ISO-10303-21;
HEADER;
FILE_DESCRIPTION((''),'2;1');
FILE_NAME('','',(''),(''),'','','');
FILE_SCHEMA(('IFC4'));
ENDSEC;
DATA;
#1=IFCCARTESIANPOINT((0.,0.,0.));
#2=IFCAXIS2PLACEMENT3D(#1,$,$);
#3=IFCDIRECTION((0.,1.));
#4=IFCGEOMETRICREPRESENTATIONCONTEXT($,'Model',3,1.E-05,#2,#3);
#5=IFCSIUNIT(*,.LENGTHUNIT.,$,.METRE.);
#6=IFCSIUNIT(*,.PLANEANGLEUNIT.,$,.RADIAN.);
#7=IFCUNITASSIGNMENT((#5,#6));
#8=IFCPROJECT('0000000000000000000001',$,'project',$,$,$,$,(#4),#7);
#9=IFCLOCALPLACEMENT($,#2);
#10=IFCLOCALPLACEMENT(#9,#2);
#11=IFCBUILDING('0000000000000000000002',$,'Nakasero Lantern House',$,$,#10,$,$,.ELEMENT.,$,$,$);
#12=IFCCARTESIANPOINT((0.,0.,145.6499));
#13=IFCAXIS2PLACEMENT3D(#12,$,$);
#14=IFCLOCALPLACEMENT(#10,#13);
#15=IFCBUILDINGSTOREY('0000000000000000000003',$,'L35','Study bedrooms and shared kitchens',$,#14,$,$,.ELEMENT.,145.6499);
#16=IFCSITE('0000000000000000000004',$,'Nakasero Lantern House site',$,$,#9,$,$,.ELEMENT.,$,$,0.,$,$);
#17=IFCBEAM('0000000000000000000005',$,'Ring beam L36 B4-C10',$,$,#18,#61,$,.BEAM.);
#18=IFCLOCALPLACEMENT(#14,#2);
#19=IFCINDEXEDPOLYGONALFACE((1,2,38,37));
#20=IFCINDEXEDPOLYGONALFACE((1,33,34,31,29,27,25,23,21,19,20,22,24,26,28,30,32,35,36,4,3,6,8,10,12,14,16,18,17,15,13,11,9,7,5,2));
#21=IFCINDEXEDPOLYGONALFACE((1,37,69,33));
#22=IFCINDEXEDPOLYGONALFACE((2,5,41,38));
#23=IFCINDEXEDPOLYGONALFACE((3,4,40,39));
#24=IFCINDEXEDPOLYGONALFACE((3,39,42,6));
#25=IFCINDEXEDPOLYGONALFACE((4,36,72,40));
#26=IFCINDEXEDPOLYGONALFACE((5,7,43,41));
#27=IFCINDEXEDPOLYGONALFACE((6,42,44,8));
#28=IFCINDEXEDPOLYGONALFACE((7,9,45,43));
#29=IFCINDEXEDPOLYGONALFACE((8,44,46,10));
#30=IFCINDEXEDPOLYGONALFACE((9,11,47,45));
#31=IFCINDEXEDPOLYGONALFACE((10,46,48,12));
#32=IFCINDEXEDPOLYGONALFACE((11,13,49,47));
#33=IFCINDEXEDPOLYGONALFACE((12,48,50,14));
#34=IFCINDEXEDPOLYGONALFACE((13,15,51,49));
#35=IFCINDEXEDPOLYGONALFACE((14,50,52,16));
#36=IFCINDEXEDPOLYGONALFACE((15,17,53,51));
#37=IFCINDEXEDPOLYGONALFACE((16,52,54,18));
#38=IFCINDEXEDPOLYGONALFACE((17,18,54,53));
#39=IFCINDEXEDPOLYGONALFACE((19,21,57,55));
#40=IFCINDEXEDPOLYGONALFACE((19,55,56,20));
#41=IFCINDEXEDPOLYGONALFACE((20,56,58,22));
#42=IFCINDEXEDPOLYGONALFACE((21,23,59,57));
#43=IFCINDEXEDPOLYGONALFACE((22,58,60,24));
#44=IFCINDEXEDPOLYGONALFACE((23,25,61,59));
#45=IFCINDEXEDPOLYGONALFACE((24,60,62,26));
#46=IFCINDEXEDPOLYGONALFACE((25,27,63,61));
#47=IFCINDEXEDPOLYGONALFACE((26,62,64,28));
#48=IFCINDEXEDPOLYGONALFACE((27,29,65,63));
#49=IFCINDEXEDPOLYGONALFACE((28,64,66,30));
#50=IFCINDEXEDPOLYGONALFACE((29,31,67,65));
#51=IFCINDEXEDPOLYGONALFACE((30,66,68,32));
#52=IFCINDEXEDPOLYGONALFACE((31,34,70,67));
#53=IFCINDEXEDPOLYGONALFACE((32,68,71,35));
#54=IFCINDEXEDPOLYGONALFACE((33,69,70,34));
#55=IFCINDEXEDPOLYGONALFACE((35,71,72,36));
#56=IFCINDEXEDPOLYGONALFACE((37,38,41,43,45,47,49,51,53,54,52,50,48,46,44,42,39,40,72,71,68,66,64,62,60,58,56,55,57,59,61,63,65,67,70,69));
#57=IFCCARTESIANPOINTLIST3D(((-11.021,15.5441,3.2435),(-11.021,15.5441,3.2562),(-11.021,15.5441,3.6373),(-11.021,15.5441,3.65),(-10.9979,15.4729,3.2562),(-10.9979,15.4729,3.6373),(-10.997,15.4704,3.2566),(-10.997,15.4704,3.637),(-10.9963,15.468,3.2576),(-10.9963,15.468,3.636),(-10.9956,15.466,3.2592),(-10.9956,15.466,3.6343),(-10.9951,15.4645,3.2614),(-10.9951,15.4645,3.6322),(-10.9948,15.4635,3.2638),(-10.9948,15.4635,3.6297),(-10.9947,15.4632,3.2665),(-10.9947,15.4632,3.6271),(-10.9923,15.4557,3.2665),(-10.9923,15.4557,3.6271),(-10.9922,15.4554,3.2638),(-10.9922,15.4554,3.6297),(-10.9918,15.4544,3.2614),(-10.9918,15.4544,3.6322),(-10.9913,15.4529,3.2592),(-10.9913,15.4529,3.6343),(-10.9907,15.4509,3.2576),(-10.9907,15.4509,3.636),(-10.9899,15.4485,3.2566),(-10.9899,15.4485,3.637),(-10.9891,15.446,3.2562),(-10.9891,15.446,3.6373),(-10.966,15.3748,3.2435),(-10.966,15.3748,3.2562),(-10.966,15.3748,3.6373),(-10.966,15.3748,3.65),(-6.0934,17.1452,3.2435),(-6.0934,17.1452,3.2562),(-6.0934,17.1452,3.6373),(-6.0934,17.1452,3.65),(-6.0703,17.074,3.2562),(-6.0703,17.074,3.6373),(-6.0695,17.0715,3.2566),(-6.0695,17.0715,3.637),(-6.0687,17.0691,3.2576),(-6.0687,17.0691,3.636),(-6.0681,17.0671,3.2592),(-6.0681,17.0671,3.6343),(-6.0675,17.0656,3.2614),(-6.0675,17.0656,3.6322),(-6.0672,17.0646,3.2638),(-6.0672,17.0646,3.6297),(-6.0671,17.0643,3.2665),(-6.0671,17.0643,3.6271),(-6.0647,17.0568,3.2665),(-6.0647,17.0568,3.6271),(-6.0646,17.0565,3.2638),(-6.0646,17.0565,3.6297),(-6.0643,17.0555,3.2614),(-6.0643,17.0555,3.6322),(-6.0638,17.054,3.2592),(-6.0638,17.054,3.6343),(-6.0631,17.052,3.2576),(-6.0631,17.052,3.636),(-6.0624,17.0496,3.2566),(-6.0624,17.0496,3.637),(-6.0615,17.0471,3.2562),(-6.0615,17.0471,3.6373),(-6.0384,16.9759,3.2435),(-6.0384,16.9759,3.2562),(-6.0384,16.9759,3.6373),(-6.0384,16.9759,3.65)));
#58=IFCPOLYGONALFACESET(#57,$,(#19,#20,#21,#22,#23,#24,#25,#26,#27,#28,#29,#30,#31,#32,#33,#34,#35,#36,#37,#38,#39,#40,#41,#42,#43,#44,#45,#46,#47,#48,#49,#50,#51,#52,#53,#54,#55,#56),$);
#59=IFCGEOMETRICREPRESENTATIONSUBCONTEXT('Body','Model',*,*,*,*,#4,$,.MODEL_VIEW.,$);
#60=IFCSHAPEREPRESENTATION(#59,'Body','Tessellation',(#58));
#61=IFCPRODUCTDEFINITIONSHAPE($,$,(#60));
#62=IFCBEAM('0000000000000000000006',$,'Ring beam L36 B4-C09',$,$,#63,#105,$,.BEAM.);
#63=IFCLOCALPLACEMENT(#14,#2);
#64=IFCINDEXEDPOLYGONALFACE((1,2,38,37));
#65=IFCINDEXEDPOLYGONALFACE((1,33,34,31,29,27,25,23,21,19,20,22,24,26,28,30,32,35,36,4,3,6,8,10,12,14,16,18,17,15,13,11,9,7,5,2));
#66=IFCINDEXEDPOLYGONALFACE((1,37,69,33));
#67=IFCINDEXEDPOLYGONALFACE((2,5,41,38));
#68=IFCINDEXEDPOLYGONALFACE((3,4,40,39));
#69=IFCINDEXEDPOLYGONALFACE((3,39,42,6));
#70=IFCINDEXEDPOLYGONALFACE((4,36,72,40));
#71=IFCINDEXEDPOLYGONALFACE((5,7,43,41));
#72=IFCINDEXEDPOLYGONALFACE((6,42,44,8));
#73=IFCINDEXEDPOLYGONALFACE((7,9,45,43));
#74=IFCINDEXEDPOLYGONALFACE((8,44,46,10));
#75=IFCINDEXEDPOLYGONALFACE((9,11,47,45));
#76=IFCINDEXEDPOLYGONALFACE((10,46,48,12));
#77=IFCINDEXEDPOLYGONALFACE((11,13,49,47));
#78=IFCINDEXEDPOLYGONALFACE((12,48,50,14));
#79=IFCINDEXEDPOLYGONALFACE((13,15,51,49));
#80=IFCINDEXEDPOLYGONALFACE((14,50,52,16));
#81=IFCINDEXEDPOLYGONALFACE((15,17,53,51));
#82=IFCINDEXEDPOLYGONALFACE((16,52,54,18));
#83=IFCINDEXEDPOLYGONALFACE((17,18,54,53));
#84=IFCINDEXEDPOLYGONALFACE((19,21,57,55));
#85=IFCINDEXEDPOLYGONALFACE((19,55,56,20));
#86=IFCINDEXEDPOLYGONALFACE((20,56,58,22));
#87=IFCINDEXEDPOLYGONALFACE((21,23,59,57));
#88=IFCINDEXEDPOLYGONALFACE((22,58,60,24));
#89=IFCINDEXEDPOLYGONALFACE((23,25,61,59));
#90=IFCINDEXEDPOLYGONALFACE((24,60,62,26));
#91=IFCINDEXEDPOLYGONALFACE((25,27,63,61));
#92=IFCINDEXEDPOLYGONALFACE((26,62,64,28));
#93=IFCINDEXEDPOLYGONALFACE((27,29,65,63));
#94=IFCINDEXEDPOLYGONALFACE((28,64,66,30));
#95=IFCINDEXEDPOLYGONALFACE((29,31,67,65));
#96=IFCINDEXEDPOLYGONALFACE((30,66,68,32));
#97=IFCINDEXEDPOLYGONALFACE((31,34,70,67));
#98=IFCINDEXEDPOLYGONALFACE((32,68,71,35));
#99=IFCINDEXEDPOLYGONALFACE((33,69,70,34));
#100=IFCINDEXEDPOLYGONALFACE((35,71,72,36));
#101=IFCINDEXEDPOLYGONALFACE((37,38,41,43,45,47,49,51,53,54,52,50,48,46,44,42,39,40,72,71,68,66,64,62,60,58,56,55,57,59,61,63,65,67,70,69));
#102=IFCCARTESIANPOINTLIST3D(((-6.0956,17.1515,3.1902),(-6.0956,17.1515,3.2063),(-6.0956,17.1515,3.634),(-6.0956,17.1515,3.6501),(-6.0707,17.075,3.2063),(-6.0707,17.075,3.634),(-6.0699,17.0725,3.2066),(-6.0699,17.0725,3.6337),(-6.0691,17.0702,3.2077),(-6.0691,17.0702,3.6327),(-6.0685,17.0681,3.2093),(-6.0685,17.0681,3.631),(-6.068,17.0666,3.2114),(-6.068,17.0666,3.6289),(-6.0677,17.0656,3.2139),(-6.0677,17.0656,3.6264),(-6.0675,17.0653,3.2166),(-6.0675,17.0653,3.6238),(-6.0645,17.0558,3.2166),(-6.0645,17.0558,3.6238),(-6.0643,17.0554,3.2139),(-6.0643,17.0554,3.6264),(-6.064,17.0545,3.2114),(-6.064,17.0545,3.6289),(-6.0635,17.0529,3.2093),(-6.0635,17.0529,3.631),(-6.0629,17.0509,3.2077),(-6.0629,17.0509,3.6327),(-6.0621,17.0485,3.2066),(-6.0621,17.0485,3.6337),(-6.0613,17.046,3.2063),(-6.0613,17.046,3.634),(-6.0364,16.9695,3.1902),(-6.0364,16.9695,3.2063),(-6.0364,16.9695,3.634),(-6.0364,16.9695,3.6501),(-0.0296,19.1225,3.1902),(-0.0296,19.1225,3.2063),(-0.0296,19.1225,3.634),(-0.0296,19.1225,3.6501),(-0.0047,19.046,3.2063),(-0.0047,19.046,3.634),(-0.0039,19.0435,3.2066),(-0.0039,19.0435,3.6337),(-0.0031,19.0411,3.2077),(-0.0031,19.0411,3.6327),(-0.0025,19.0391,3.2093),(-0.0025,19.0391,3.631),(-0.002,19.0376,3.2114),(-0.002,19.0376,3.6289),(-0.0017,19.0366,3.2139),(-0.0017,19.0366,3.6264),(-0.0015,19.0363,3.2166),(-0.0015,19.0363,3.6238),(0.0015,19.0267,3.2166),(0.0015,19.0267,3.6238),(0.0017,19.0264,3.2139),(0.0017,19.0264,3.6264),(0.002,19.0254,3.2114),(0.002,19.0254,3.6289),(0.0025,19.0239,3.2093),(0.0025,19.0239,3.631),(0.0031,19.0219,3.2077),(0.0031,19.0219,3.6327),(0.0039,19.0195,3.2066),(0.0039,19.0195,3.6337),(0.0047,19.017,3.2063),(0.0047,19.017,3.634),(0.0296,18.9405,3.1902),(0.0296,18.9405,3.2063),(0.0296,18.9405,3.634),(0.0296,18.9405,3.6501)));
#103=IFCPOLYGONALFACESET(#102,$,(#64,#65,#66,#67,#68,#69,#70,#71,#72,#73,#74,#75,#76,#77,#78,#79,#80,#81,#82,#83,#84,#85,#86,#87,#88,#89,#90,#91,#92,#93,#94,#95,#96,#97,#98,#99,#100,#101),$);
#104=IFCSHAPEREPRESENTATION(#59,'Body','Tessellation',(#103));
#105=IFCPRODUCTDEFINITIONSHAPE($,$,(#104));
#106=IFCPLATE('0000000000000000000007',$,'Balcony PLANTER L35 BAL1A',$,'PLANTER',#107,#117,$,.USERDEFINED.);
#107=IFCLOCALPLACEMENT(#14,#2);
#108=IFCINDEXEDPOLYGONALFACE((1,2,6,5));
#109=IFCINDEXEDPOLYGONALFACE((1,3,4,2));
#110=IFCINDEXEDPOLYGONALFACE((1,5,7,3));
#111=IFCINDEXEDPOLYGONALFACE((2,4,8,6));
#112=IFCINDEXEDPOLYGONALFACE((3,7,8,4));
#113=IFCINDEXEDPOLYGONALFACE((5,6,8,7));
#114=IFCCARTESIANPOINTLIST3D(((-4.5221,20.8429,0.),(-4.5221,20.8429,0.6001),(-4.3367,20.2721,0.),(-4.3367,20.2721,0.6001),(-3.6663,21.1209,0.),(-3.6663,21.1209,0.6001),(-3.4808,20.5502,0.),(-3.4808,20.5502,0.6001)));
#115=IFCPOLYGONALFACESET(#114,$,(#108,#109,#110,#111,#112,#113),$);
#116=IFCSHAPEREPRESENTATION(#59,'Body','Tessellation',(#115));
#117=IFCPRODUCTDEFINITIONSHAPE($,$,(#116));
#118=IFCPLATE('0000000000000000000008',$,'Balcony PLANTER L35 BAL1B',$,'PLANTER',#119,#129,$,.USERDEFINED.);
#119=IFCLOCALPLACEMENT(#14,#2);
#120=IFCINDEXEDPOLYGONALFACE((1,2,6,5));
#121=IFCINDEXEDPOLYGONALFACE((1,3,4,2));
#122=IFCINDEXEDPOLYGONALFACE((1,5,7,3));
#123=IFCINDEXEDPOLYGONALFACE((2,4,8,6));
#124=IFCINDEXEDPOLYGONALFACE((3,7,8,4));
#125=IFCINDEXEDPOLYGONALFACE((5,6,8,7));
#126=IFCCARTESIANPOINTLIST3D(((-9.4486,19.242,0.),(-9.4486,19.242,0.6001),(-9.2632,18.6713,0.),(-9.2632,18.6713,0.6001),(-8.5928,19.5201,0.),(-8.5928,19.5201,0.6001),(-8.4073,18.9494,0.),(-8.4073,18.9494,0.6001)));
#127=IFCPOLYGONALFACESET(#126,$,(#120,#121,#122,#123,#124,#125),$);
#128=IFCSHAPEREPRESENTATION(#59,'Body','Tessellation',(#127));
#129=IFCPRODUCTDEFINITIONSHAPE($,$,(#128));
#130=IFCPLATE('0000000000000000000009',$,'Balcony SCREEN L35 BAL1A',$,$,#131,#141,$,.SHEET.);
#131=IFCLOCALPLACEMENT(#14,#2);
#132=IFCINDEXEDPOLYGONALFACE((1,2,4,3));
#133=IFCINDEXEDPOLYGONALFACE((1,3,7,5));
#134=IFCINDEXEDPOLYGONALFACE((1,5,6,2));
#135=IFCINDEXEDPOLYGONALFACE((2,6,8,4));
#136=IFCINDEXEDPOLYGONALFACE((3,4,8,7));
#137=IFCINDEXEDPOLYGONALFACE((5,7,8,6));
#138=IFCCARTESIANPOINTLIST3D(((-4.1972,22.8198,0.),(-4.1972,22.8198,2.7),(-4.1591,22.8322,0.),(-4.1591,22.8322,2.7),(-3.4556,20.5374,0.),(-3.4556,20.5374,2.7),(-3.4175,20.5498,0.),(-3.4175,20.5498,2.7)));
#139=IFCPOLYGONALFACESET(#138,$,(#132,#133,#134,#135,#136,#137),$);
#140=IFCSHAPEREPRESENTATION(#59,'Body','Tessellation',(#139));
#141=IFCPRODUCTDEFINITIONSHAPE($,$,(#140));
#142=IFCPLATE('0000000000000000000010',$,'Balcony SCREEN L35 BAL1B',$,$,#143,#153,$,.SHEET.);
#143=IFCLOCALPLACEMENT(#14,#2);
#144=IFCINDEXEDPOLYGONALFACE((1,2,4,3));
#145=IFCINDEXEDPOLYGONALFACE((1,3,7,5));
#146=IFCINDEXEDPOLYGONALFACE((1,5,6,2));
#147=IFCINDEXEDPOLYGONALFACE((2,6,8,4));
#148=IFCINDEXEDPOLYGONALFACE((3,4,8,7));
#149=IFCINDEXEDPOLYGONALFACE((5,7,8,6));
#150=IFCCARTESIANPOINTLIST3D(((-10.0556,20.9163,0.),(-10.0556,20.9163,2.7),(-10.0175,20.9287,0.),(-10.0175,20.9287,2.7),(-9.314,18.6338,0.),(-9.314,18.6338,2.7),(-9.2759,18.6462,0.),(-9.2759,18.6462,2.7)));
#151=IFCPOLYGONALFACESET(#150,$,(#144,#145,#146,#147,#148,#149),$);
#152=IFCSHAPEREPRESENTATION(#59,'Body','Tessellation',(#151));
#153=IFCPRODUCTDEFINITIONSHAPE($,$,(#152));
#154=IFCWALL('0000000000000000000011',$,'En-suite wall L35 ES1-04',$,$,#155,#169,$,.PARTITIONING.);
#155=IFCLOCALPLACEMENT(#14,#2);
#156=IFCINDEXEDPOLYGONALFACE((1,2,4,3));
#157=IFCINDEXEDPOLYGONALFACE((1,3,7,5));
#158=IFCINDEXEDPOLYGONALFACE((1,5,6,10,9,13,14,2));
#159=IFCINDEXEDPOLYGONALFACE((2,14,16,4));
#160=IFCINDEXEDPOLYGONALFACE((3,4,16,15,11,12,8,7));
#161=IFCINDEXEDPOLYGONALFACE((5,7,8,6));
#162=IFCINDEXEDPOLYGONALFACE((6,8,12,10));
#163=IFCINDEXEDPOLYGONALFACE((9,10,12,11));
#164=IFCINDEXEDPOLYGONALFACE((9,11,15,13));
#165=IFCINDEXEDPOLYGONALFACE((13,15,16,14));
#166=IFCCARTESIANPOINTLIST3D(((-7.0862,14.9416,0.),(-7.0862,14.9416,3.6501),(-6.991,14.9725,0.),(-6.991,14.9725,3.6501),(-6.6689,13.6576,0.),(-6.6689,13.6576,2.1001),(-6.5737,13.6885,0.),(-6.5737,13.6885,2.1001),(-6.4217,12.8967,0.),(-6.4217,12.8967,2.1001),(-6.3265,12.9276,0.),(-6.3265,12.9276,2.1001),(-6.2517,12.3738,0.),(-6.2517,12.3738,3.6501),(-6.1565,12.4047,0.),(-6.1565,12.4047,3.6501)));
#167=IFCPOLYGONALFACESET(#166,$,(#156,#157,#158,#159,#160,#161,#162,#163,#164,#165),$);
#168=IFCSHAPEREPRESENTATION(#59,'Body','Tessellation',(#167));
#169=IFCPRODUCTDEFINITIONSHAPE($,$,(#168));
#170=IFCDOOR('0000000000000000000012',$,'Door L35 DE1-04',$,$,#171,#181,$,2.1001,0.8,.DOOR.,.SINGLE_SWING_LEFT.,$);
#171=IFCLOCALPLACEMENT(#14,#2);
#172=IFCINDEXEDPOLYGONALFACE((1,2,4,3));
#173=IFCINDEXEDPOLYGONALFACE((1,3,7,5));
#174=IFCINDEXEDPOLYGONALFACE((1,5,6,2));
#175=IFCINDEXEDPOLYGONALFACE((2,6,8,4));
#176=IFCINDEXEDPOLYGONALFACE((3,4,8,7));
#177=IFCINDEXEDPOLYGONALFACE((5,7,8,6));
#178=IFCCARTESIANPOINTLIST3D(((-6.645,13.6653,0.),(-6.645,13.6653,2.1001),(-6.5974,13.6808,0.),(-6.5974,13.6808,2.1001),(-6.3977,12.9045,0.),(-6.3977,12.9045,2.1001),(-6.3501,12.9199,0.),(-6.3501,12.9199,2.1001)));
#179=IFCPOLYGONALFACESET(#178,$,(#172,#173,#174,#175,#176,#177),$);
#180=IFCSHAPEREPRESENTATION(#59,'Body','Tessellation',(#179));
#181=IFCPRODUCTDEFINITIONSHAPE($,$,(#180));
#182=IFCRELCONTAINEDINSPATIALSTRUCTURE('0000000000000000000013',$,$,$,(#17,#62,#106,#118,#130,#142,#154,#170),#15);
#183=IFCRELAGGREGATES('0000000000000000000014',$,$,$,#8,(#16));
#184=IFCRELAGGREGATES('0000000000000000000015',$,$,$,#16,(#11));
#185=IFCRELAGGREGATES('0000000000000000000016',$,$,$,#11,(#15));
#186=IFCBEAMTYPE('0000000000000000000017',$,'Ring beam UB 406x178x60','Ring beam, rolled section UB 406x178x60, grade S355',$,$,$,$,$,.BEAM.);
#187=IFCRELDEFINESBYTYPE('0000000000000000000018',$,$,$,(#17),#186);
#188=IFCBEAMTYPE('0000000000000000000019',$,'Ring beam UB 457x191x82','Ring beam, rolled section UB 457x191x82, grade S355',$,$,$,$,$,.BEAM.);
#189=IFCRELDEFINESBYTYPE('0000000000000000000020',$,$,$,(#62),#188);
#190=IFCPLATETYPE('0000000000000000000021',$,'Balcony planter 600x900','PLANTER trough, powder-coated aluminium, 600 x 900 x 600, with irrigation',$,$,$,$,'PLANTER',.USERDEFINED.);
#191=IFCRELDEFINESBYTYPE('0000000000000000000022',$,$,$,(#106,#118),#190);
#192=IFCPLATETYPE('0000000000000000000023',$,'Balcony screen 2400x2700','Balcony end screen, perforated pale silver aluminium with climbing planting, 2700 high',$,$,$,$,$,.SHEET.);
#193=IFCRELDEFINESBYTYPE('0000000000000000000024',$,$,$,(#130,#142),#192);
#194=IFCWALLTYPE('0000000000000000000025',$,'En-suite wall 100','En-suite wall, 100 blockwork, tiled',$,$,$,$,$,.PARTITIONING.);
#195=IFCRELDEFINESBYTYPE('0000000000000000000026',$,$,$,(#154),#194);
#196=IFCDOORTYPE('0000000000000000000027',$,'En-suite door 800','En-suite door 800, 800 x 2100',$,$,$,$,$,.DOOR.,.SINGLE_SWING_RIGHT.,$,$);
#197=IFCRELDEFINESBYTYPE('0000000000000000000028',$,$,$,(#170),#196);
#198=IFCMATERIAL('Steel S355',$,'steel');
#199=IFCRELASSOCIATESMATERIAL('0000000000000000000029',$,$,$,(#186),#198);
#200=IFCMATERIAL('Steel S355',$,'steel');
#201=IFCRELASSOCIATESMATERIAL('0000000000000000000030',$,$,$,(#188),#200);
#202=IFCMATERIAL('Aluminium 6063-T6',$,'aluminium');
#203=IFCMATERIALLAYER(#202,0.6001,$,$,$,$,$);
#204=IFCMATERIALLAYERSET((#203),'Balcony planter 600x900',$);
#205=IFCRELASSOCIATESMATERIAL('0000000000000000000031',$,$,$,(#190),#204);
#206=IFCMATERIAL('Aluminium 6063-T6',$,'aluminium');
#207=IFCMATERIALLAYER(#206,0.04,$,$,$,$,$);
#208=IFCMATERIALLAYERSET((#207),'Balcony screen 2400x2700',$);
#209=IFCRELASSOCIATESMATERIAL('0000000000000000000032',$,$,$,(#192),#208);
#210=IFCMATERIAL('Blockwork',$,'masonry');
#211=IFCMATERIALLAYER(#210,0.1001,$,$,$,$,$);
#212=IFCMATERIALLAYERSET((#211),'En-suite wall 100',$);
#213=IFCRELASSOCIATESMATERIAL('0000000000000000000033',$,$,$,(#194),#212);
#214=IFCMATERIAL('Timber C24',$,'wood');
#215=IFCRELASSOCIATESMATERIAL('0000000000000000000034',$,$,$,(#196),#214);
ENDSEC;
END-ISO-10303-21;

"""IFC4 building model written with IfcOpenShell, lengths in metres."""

from ifc_helpers import new_model, si_unit, direction, frame, frame_2d, origin, origin_2d, place, context, subcontext, project, spatial, rectangle, i_section, extrude, material, layer, layer_set, material_profile, profile_set, type_object, element, fill, save


model = new_model("IFC4")

# Units and contexts
model_context = context("Model", 3, precision=1e-05, world=origin(), true_north=direction((0.0, 1.0)))
body_context = subcontext(model_context, "Body", "Model", "MODEL_VIEW")
ifc_project = project(units=[si_unit("LENGTHUNIT", "METRE"), si_unit("PLANEANGLEUNIT", "RADIAN")], contexts=[model_context])

# Site, building, storey
site_placement = place(None, origin())
site = spatial("IfcSite", under=ifc_project, at=site_placement, Name="Nakasero Lantern House site", CompositionType="ELEMENT", RefElevation=0.0)
building_placement = place(site_placement, origin())
building = spatial("IfcBuilding", under=site, at=building_placement, Name="Nakasero Lantern House", CompositionType="ELEMENT")
storey_placement = place(building_placement, frame((0.0, 0.0, 145.6499)))
storey = spatial("IfcBuildingStorey", under=building, at=storey_placement, Name="L35", Description="Study bedrooms and shared kitchens", CompositionType="ELEMENT", Elevation=145.6499)

# Beams
ifc_material_1 = material(Name="Steel S355", Category="steel")
ifc_material_profile_1 = material_profile(ifc_material_1, i_section(OverallWidth=0.178, OverallDepth=0.4065, WebThickness=0.0078, FlangeThickness=0.0127, FilletRadius=0.0103, at=origin_2d()), Name="UB 406x178x60")
ifc_profile_set_1 = profile_set([ifc_material_profile_1], Name="Steel S355")
beam_type_1 = type_object("IfcBeamType", Name="Ring beam UB 406x178x60", Description="Ring beam, rolled section UB 406x178x60, grade S355", PredefinedType="BEAM", material=ifc_profile_set_1)
beam_1_placement = place(storey_placement, frame((-6.0659, 17.0605, 3.4468), z_axis=(-0.951054, -0.309023, 0.0), x_axis=(0.309023, -0.951054, 0.0)))
element("IfcBeam", 1, at=beam_1_placement, inside=storey, type_object=beam_type_1, Name="Ring beam L36 B4-C10", PredefinedType="BEAM", context=body_context, shape_type="SweptSolid", body=[
    extrude(i_section(OverallWidth=0.178, OverallDepth=0.4065, WebThickness=0.0078, FlangeThickness=0.0127, FilletRadius=0.0103, at=origin_2d()), origin(), (0.0, 0.0, 1.0), 5.1812),
])
ifc_material_2 = material(Name="Steel S355", Category="steel")
ifc_material_profile_2 = material_profile(ifc_material_2, i_section(OverallWidth=0.1914, OverallDepth=0.46, WebThickness=0.01, FlangeThickness=0.0161, FilletRadius=0.0103, at=origin_2d()), Name="UB 457x191x82")
ifc_profile_set_2 = profile_set([ifc_material_profile_2], Name="Steel S355")
beam_type_2 = type_object("IfcBeamType", Name="Ring beam UB 457x191x82", Description="Ring beam, rolled section UB 457x191x82, grade S355", PredefinedType="BEAM", material=ifc_profile_set_2)
beam_2_placement = place(storey_placement, frame((0.0, 19.0315, 3.4202), z_axis=(-0.951056, -0.309019, 0.0), x_axis=(0.309019, -0.951056, 0.0)))
element("IfcBeam", 2, at=beam_2_placement, inside=storey, type_object=beam_type_2, Name="Ring beam L36 B4-C09", PredefinedType="BEAM", context=body_context, shape_type="SweptSolid", body=[
    extrude(i_section(OverallWidth=0.1914, OverallDepth=0.46, WebThickness=0.01, FlangeThickness=0.0161, FilletRadius=0.0103, at=origin_2d()), origin(), (0.0, 0.0, 1.0), 6.3782),
])

# Plates
ifc_material_3 = material(Name="Aluminium 6063-T6", Category="aluminium")
ifc_layer_1 = layer(ifc_material_3, 0.6001)
ifc_layer_set_1 = layer_set([ifc_layer_1], Name="Balcony planter 600x900")
plate_type_1 = type_object("IfcPlateType", Name="Balcony planter 600x900", Description="PLANTER trough, powder-coated aluminium, 600 x 900 x 600, with irrigation", ElementType="PLANTER", PredefinedType="USERDEFINED", material=ifc_layer_set_1)
for number, where, z_axis, x_axis, name in (
    (3, (-4.0015, 20.6965, 0.0), (0.0, 0.0, 1.0), (-0.309017, 0.951057, 0.0), "Balcony PLANTER L35 BAL1A"),
    (4, (-8.928, 19.0957, 0.0), (0.0, 0.0, 1.0), (-0.309017, 0.951057, 0.0), "Balcony PLANTER L35 BAL1B"),
):
    element("IfcPlate", number, at=place(storey_placement, frame(where, z_axis=z_axis, x_axis=x_axis)), inside=storey, type_object=plate_type_1, Name=name, ObjectType="PLANTER", PredefinedType="USERDEFINED", context=body_context, shape_type="SweptSolid", body=[
        extrude(rectangle(XDim=0.6001, YDim=0.8999, at=origin_2d()), origin(), (0.0, 0.0, 1.0), 0.6001),
    ])
ifc_material_4 = material(Name="Aluminium 6063-T6", Category="aluminium")
ifc_layer_2 = layer(ifc_material_4, 0.04)
ifc_layer_set_2 = layer_set([ifc_layer_2], Name="Balcony screen 2400x2700")
plate_type_2 = type_object("IfcPlateType", Name="Balcony screen 2400x2700", Description="Balcony end screen, perforated pale silver aluminium with climbing planting, 2700 high", PredefinedType="SHEET", material=ifc_layer_set_2)
for number, where, z_axis, x_axis, name in (
    (5, (-3.8074, 21.6848, 0.0), (0.0, 0.0, 1.0), (-0.309017, 0.951057, 0.0), "Balcony SCREEN L35 BAL1A"),
    (6, (-9.6658, 19.7812, 0.0), (0.0, 0.0, 1.0), (-0.309017, 0.951057, 0.0), "Balcony SCREEN L35 BAL1B"),
):
    element("IfcPlate", number, at=place(storey_placement, frame(where, z_axis=z_axis, x_axis=x_axis)), inside=storey, type_object=plate_type_2, Name=name, PredefinedType="SHEET", context=body_context, shape_type="SweptSolid", body=[
        extrude(rectangle(XDim=2.3999, YDim=0.04, at=origin_2d()), origin(), (0.0, 0.0, 1.0), 2.7),
    ])

# Wall, opening, door
ifc_material_5 = material(Name="Blockwork", Category="masonry")
ifc_layer_3 = layer(ifc_material_5, 0.1001)
ifc_layer_set_3 = layer_set([ifc_layer_3], Name="En-suite wall 100")
wall_type_1 = type_object("IfcWallType", Name="En-suite wall 100", Description="En-suite wall, 100 blockwork, tiled", PredefinedType="PARTITIONING", material=ifc_layer_set_3)
wall_1_placement = place(storey_placement, frame((-6.2041, 12.3892, 0.0), z_axis=(0.0, 0.0, 1.0), x_axis=(-0.309057, 0.951043, 0.0)))
wall_1 = element("IfcWall", 7, at=wall_1_placement, inside=storey, type_object=wall_type_1, Name="En-suite wall L35 ES1-04", PredefinedType="PARTITIONING", context=body_context, shape_type="SweptSolid", body=[
    extrude(rectangle(XDim=2.7, YDim=0.1001, at=frame_2d((1.3501, 0.0))), origin(), (0.0, 0.0, 1.0), 3.6501),
])
opening_1_placement = place(wall_1_placement, frame((0.55, 0.0, 0.0)))
opening_1 = element("IfcOpeningElement", 8, at=opening_1_placement, cuts=wall_1, PredefinedType="OPENING", context=body_context, shape_type="SweptSolid", body=[
    extrude(rectangle(XDim=0.8, YDim=2.1001, at=frame_2d((0.3999, 1.05))), frame((0.0, 0.0701, 0.0), z_axis=(0.0, -1.0, 0.0), x_axis=(1.0, 0.0, 0.0)), (0.0, 0.0, 1.0), 0.1401),
])
ifc_material_6 = material(Name="Timber C24", Category="wood")
door_type_1 = type_object("IfcDoorType", Name="En-suite door 800", Description="En-suite door 800, 800 x 2100", OperationType="SINGLE_SWING_RIGHT", PredefinedType="DOOR", material=ifc_material_6)
door_1_placement = place(opening_1_placement, origin())
door_1 = element("IfcDoor", 9, at=door_1_placement, inside=storey, type_object=door_type_1, Name="Door L35 DE1-04", OperationType="SINGLE_SWING_LEFT", OverallHeight=2.1001, OverallWidth=0.8, PredefinedType="DOOR", context=body_context, shape_type="SweptSolid", body=[
    extrude(rectangle(XDim=0.8, YDim=2.1001, at=frame_2d((0.3999, 1.05))), frame((0.0, 0.0249, 0.0), z_axis=(0.0, -1.0, 0.0), x_axis=(1.0, 0.0, 0.0)), (0.0, 0.0, 1.0), 0.05),
])
fill(opening_1, door_1)

save(model, "model.ifc")
